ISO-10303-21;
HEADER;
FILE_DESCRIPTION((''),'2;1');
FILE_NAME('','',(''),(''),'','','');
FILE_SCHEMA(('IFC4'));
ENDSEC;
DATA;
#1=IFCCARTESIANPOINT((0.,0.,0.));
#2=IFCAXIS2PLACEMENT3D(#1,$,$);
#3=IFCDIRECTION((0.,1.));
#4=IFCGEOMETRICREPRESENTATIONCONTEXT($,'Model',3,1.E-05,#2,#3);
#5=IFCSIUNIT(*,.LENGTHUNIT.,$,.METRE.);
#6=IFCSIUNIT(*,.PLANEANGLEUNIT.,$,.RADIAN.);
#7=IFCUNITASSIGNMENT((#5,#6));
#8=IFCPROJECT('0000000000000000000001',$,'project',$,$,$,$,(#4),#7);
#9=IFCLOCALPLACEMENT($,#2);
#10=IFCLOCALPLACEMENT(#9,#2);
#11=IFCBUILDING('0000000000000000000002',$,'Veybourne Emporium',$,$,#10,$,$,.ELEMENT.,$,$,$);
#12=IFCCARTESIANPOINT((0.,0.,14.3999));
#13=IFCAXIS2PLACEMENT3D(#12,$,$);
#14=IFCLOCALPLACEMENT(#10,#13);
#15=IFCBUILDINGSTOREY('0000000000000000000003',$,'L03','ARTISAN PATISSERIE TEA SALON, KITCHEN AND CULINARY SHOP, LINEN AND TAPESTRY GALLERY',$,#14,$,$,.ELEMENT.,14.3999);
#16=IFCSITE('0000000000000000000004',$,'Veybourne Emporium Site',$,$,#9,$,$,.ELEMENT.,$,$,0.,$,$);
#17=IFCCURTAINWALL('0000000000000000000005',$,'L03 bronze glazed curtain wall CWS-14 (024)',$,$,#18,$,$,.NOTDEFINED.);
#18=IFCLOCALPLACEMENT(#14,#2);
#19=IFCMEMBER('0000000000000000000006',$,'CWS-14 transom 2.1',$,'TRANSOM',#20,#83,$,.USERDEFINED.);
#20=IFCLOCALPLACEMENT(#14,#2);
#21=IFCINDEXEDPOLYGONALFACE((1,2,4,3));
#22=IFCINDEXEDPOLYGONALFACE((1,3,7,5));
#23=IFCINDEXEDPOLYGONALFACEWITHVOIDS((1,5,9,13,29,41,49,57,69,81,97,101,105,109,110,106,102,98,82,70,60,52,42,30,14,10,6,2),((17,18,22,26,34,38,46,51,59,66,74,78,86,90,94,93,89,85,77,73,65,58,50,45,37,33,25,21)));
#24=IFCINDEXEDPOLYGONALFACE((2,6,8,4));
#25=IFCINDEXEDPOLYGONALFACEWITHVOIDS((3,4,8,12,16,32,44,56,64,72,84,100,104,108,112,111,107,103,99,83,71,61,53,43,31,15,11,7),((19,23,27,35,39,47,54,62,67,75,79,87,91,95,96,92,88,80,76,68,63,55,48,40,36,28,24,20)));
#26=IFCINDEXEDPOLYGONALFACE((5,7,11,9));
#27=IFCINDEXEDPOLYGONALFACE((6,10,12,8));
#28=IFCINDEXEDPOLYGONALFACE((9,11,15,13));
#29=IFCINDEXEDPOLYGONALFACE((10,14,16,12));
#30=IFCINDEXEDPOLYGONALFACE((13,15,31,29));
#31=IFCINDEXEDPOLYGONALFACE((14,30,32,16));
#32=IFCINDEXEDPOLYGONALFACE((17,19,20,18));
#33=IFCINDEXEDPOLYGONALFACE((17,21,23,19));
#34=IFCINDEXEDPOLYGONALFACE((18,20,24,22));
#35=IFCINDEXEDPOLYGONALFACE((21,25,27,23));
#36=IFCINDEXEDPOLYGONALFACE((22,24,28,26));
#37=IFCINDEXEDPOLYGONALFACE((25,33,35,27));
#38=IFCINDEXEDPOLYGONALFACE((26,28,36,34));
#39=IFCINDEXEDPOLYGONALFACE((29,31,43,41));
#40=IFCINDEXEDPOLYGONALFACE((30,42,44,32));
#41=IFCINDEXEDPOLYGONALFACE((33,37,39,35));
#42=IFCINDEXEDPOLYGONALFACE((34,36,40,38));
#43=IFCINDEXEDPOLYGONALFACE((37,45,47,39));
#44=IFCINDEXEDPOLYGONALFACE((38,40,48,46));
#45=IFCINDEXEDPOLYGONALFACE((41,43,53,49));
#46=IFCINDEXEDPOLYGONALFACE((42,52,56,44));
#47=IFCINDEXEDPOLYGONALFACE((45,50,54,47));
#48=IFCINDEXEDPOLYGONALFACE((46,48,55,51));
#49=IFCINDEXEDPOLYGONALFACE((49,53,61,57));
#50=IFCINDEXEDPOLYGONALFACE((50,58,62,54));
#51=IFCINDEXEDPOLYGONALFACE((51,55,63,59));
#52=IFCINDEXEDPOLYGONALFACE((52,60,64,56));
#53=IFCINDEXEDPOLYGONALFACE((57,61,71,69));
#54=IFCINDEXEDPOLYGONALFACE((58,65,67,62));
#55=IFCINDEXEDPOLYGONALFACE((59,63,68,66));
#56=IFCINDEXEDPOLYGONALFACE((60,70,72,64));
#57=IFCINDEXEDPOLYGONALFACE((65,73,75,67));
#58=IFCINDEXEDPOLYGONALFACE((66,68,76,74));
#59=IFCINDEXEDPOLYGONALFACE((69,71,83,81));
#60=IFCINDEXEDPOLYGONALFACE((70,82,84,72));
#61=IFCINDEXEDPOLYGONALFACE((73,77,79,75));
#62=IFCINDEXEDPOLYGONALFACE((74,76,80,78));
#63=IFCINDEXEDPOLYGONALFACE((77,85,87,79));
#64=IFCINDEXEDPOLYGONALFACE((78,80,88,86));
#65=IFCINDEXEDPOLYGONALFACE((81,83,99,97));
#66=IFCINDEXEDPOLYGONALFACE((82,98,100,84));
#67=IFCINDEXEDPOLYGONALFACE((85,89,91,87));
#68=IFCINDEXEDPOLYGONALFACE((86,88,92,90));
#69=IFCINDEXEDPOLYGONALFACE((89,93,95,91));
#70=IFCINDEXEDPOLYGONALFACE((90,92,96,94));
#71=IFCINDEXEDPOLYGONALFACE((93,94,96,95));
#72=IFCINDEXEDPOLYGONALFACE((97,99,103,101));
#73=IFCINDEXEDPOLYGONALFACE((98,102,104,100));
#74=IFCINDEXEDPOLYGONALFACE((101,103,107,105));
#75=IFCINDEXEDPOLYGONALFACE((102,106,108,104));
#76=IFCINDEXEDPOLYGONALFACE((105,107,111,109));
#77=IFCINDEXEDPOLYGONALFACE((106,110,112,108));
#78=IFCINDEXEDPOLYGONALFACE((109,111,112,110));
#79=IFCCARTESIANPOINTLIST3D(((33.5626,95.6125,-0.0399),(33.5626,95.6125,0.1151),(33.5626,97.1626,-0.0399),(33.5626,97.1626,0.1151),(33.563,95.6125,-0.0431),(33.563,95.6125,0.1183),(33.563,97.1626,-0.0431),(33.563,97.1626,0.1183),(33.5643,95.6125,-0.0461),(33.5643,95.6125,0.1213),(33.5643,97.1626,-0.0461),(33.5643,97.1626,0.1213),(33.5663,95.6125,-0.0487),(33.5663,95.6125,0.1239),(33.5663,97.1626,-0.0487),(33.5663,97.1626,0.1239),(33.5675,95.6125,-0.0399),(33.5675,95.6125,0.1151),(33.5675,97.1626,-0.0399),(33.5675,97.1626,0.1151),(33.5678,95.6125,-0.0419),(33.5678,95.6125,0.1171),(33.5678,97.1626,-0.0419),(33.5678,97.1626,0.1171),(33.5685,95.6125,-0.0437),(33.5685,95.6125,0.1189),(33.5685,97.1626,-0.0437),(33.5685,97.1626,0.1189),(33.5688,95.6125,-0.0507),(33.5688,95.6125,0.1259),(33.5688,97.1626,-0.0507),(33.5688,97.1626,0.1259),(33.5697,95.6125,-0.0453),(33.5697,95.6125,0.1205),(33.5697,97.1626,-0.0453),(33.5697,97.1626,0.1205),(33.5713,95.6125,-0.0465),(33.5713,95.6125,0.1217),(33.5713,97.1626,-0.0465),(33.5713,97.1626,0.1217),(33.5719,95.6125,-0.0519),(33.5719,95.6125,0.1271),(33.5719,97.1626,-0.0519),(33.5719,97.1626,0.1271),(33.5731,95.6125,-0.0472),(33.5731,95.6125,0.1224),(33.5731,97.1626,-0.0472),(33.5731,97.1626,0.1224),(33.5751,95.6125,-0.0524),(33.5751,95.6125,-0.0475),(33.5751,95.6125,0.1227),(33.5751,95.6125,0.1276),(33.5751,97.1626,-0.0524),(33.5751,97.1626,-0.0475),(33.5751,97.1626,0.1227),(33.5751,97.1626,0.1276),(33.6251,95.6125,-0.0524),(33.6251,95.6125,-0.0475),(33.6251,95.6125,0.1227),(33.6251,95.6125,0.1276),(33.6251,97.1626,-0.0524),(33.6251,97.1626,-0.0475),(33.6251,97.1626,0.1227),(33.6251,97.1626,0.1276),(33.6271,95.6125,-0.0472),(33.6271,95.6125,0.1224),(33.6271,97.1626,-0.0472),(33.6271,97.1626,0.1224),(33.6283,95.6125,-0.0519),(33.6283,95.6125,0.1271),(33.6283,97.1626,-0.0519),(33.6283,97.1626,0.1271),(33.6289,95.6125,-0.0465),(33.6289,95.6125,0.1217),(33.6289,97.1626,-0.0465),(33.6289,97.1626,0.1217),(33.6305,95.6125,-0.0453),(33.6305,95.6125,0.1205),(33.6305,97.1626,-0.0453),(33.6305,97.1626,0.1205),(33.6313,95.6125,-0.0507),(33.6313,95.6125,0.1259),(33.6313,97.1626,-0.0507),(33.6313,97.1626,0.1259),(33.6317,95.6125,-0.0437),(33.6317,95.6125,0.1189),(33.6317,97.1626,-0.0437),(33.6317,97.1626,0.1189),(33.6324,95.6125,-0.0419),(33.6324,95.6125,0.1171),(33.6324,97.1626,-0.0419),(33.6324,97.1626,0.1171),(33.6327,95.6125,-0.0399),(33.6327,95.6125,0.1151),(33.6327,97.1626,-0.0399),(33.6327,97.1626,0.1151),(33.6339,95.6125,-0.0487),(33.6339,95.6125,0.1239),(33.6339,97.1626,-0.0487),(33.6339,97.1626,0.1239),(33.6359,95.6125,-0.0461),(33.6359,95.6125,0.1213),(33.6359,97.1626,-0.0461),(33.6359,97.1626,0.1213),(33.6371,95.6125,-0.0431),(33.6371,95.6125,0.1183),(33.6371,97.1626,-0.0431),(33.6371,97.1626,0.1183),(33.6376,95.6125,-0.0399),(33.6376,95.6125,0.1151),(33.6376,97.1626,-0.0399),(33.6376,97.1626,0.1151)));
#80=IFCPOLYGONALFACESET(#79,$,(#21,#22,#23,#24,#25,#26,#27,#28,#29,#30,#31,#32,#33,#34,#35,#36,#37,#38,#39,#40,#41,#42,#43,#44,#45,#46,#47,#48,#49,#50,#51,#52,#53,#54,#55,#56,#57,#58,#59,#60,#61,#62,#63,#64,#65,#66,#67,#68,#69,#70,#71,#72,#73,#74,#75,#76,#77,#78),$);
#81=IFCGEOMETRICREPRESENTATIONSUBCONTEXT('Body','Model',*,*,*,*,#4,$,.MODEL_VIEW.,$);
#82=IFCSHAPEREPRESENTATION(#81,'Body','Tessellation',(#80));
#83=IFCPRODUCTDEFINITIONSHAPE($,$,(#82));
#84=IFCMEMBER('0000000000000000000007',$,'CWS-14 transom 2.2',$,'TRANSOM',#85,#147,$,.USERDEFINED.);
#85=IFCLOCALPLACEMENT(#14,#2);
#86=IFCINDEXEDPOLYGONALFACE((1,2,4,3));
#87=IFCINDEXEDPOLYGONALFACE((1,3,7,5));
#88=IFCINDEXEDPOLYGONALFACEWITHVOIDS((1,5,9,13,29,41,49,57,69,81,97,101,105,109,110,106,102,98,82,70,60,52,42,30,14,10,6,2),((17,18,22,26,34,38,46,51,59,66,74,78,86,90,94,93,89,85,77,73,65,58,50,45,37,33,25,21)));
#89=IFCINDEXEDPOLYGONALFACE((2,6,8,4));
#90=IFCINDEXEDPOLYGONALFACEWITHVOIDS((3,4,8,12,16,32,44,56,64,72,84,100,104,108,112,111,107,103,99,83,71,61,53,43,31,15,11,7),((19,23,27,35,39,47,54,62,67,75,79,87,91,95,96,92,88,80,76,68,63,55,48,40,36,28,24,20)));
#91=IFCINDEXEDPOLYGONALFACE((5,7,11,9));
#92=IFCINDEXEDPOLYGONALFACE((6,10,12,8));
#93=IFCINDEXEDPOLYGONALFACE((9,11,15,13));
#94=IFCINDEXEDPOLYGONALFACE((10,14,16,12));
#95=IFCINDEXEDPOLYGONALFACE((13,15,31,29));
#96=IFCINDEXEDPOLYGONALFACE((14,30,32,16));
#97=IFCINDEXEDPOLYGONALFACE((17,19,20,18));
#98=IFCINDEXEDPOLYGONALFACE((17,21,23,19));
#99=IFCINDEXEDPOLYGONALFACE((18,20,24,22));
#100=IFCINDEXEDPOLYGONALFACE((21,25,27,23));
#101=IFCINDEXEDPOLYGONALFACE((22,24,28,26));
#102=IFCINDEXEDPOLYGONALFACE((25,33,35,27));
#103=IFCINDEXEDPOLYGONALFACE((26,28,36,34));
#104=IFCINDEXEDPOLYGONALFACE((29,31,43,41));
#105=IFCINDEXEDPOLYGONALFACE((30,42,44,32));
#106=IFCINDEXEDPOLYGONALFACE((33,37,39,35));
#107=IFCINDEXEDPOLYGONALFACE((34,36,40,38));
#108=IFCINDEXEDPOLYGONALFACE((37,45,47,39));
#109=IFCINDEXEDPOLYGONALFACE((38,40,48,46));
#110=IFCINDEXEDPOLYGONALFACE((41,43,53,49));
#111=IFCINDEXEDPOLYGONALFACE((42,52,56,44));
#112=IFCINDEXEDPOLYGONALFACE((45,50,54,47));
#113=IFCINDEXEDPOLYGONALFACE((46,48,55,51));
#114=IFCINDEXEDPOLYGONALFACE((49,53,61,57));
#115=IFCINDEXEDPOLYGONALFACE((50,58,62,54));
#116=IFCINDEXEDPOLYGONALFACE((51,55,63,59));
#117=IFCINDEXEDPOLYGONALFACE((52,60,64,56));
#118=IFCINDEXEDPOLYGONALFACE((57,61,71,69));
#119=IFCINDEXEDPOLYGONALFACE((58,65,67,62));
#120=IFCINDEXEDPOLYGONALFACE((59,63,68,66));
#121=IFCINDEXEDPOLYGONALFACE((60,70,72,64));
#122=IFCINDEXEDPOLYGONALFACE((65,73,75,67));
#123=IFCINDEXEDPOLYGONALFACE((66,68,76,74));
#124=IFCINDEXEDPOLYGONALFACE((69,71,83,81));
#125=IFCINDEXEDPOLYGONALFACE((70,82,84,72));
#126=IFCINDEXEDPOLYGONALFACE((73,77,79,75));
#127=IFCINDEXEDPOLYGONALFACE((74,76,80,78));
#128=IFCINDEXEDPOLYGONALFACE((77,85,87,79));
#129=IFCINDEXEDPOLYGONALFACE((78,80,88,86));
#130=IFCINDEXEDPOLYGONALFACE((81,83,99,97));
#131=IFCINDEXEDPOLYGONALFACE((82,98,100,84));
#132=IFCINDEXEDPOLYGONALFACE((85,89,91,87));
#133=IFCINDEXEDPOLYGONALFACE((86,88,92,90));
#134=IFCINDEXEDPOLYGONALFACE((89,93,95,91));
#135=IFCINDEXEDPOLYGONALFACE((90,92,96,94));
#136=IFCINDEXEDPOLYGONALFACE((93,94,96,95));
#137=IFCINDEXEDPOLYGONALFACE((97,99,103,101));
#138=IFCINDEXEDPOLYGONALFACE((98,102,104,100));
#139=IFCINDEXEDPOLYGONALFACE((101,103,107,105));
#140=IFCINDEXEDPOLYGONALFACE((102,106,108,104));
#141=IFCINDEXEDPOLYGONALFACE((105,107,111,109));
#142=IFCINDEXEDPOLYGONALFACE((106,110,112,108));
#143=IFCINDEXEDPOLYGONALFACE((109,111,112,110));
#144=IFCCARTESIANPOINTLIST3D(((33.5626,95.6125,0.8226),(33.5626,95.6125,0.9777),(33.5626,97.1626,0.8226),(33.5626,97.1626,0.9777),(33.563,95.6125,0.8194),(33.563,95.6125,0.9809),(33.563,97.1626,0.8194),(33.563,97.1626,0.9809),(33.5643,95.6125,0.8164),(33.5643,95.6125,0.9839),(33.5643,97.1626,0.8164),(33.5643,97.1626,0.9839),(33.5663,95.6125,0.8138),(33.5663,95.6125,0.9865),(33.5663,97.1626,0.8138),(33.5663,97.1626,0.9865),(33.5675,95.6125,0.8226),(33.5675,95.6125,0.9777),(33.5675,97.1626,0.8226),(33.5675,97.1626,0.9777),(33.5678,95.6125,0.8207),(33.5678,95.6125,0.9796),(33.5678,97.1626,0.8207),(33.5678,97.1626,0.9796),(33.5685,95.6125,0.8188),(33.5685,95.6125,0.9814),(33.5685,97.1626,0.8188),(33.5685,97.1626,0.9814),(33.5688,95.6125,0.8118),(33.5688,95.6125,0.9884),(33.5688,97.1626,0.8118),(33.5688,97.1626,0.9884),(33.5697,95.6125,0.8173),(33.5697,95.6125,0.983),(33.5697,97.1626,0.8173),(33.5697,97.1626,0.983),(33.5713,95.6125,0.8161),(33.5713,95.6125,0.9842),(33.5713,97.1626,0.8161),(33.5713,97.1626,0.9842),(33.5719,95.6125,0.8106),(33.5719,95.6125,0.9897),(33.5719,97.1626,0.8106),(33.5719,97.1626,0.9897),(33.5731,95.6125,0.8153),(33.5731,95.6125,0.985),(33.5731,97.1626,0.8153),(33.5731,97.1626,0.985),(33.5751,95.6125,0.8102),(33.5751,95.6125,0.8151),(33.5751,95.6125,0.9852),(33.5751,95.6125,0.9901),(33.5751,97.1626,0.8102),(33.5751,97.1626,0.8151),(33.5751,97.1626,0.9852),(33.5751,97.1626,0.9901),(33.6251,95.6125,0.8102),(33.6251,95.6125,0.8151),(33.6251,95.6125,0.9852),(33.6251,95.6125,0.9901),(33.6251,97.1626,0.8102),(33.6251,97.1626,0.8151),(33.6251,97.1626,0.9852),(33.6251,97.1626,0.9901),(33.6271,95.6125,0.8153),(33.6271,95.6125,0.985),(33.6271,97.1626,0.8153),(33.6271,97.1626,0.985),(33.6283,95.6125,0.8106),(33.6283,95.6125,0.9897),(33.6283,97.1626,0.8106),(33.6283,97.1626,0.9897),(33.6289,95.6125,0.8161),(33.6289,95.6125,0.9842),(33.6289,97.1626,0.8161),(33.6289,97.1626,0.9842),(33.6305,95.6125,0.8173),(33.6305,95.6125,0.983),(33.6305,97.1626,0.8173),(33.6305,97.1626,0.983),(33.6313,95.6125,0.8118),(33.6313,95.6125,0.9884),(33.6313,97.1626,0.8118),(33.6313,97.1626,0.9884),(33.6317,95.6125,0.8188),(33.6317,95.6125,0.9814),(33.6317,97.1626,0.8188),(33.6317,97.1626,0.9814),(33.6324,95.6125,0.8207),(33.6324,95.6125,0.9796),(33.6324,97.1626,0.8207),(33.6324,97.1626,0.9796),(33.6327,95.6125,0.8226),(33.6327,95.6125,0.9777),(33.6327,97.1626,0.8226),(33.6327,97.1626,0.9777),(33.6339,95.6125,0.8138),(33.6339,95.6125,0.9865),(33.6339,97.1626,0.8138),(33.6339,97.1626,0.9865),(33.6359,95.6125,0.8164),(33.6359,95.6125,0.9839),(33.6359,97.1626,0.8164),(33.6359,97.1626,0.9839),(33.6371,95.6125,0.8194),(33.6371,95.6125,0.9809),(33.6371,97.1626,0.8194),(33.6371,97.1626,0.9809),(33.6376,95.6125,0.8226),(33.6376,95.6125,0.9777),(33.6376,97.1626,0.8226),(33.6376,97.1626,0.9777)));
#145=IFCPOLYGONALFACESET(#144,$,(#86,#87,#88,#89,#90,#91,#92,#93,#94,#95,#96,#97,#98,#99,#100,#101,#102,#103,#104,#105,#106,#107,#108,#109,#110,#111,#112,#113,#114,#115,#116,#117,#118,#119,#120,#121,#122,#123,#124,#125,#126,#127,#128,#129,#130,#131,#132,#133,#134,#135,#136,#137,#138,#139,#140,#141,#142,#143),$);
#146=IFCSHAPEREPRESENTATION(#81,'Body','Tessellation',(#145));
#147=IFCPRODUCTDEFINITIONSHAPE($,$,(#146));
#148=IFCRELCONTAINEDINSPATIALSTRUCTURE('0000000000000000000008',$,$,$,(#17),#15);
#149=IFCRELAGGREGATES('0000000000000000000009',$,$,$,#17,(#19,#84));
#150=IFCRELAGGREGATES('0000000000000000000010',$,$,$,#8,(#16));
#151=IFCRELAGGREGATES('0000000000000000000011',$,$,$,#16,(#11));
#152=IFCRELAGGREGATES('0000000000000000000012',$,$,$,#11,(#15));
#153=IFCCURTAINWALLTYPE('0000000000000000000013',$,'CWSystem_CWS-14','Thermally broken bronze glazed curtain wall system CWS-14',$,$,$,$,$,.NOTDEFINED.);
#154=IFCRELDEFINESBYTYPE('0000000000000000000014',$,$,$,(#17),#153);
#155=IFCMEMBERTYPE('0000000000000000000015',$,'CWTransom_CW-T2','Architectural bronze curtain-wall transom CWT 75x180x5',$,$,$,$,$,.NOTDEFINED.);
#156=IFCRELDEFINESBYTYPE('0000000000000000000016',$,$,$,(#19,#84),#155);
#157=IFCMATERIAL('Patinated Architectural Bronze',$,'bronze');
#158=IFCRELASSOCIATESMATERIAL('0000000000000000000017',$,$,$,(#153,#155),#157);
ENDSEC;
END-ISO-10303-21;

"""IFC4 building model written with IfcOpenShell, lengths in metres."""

from ifc_helpers import new_model, si_unit, direction, frame, origin, origin_2d, place, context, subcontext, project, spatial, hollow_rectangle, extrude, material, material_profile, profile_set, type_object, element, aggregate, save


model = new_model("IFC4")

# Units and contexts
model_context = context("Model", 3, precision=1e-05, world=origin(), true_north=direction((0.0, 1.0)))
body_context = subcontext(model_context, "Body", "Model", "MODEL_VIEW")
ifc_project = project(units=[si_unit("LENGTHUNIT", "METRE"), si_unit("PLANEANGLEUNIT", "RADIAN")], contexts=[model_context])

# Site, building, storey
site_placement = place(None, origin())
site = spatial("IfcSite", under=ifc_project, at=site_placement, Name="Veybourne Emporium Site", CompositionType="ELEMENT", RefElevation=0.0)
building_placement = place(site_placement, origin())
building = spatial("IfcBuilding", under=site, at=building_placement, Name="Veybourne Emporium", CompositionType="ELEMENT")
storey_placement = place(building_placement, frame((0.0, 0.0, 14.3999)))
storey = spatial("IfcBuildingStorey", under=building, at=storey_placement, Name="L03", Description="ARTISAN PATISSERIE TEA SALON, KITCHEN AND CULINARY SHOP, LINEN AND TAPESTRY GALLERY", CompositionType="ELEMENT", Elevation=14.3999)

# Curtain wall, members
ifc_material_1 = material(Name="Patinated Architectural Bronze", Category="bronze")
curtain_wall_type = type_object("IfcCurtainWallType", Name="CWSystem_CWS-14", Description="Thermally broken bronze glazed curtain wall system CWS-14", PredefinedType="NOTDEFINED", material=ifc_material_1)
curtain_wall_placement = place(storey_placement, origin())
curtain_wall = element("IfcCurtainWall", 1, at=curtain_wall_placement, inside=storey, type_object=curtain_wall_type, Name="L03 bronze glazed curtain wall CWS-14 (024)", PredefinedType="NOTDEFINED")
ifc_material_profile_1 = material_profile(ifc_material_1, hollow_rectangle(XDim=0.075, YDim=0.1799, WallThickness=0.0049, InnerFilletRadius=0.0076, OuterFilletRadius=0.0125, at=origin_2d()), Name="CWT 75x180x5")
ifc_profile_set_1 = profile_set([ifc_material_profile_1], Name="Patinated Architectural Bronze")
member_type_1 = type_object("IfcMemberType", Name="CWTransom_CW-T2", Description="Architectural bronze curtain-wall transom CWT 75x180x5", PredefinedType="NOTDEFINED", material=ifc_profile_set_1)
member_1_placement = place(storey_placement, frame((33.6001, 95.6125, 0.0376), z_axis=(0.0, 1.0, 0.0), x_axis=(-1.0, 0.0, 0.0)))
member_1 = element("IfcMember", 2, at=member_1_placement, type_object=member_type_1, Name="CWS-14 transom 2.1", ObjectType="TRANSOM", PredefinedType="USERDEFINED", context=body_context, shape_type="SweptSolid", body=[
    extrude(hollow_rectangle(XDim=0.075, YDim=0.1799, WallThickness=0.0049, InnerFilletRadius=0.0076, OuterFilletRadius=0.0125, at=origin_2d()), origin(), (0.0, 0.0, 1.0), 1.55),
])
member_2_placement = place(storey_placement, frame((33.6001, 95.6125, 0.9001), z_axis=(0.0, 1.0, 0.0), x_axis=(-1.0, 0.0, 0.0)))
member_2 = element("IfcMember", 3, at=member_2_placement, type_object=member_type_1, Name="CWS-14 transom 2.2", ObjectType="TRANSOM", PredefinedType="USERDEFINED", context=body_context, shape_type="SweptSolid", body=[
    extrude(hollow_rectangle(XDim=0.075, YDim=0.1799, WallThickness=0.0049, InnerFilletRadius=0.0076, OuterFilletRadius=0.0125, at=origin_2d()), origin(), (0.0, 0.0, 1.0), 1.55),
])
aggregate(curtain_wall, [member_1, member_2])

save(model, "model.ifc")
